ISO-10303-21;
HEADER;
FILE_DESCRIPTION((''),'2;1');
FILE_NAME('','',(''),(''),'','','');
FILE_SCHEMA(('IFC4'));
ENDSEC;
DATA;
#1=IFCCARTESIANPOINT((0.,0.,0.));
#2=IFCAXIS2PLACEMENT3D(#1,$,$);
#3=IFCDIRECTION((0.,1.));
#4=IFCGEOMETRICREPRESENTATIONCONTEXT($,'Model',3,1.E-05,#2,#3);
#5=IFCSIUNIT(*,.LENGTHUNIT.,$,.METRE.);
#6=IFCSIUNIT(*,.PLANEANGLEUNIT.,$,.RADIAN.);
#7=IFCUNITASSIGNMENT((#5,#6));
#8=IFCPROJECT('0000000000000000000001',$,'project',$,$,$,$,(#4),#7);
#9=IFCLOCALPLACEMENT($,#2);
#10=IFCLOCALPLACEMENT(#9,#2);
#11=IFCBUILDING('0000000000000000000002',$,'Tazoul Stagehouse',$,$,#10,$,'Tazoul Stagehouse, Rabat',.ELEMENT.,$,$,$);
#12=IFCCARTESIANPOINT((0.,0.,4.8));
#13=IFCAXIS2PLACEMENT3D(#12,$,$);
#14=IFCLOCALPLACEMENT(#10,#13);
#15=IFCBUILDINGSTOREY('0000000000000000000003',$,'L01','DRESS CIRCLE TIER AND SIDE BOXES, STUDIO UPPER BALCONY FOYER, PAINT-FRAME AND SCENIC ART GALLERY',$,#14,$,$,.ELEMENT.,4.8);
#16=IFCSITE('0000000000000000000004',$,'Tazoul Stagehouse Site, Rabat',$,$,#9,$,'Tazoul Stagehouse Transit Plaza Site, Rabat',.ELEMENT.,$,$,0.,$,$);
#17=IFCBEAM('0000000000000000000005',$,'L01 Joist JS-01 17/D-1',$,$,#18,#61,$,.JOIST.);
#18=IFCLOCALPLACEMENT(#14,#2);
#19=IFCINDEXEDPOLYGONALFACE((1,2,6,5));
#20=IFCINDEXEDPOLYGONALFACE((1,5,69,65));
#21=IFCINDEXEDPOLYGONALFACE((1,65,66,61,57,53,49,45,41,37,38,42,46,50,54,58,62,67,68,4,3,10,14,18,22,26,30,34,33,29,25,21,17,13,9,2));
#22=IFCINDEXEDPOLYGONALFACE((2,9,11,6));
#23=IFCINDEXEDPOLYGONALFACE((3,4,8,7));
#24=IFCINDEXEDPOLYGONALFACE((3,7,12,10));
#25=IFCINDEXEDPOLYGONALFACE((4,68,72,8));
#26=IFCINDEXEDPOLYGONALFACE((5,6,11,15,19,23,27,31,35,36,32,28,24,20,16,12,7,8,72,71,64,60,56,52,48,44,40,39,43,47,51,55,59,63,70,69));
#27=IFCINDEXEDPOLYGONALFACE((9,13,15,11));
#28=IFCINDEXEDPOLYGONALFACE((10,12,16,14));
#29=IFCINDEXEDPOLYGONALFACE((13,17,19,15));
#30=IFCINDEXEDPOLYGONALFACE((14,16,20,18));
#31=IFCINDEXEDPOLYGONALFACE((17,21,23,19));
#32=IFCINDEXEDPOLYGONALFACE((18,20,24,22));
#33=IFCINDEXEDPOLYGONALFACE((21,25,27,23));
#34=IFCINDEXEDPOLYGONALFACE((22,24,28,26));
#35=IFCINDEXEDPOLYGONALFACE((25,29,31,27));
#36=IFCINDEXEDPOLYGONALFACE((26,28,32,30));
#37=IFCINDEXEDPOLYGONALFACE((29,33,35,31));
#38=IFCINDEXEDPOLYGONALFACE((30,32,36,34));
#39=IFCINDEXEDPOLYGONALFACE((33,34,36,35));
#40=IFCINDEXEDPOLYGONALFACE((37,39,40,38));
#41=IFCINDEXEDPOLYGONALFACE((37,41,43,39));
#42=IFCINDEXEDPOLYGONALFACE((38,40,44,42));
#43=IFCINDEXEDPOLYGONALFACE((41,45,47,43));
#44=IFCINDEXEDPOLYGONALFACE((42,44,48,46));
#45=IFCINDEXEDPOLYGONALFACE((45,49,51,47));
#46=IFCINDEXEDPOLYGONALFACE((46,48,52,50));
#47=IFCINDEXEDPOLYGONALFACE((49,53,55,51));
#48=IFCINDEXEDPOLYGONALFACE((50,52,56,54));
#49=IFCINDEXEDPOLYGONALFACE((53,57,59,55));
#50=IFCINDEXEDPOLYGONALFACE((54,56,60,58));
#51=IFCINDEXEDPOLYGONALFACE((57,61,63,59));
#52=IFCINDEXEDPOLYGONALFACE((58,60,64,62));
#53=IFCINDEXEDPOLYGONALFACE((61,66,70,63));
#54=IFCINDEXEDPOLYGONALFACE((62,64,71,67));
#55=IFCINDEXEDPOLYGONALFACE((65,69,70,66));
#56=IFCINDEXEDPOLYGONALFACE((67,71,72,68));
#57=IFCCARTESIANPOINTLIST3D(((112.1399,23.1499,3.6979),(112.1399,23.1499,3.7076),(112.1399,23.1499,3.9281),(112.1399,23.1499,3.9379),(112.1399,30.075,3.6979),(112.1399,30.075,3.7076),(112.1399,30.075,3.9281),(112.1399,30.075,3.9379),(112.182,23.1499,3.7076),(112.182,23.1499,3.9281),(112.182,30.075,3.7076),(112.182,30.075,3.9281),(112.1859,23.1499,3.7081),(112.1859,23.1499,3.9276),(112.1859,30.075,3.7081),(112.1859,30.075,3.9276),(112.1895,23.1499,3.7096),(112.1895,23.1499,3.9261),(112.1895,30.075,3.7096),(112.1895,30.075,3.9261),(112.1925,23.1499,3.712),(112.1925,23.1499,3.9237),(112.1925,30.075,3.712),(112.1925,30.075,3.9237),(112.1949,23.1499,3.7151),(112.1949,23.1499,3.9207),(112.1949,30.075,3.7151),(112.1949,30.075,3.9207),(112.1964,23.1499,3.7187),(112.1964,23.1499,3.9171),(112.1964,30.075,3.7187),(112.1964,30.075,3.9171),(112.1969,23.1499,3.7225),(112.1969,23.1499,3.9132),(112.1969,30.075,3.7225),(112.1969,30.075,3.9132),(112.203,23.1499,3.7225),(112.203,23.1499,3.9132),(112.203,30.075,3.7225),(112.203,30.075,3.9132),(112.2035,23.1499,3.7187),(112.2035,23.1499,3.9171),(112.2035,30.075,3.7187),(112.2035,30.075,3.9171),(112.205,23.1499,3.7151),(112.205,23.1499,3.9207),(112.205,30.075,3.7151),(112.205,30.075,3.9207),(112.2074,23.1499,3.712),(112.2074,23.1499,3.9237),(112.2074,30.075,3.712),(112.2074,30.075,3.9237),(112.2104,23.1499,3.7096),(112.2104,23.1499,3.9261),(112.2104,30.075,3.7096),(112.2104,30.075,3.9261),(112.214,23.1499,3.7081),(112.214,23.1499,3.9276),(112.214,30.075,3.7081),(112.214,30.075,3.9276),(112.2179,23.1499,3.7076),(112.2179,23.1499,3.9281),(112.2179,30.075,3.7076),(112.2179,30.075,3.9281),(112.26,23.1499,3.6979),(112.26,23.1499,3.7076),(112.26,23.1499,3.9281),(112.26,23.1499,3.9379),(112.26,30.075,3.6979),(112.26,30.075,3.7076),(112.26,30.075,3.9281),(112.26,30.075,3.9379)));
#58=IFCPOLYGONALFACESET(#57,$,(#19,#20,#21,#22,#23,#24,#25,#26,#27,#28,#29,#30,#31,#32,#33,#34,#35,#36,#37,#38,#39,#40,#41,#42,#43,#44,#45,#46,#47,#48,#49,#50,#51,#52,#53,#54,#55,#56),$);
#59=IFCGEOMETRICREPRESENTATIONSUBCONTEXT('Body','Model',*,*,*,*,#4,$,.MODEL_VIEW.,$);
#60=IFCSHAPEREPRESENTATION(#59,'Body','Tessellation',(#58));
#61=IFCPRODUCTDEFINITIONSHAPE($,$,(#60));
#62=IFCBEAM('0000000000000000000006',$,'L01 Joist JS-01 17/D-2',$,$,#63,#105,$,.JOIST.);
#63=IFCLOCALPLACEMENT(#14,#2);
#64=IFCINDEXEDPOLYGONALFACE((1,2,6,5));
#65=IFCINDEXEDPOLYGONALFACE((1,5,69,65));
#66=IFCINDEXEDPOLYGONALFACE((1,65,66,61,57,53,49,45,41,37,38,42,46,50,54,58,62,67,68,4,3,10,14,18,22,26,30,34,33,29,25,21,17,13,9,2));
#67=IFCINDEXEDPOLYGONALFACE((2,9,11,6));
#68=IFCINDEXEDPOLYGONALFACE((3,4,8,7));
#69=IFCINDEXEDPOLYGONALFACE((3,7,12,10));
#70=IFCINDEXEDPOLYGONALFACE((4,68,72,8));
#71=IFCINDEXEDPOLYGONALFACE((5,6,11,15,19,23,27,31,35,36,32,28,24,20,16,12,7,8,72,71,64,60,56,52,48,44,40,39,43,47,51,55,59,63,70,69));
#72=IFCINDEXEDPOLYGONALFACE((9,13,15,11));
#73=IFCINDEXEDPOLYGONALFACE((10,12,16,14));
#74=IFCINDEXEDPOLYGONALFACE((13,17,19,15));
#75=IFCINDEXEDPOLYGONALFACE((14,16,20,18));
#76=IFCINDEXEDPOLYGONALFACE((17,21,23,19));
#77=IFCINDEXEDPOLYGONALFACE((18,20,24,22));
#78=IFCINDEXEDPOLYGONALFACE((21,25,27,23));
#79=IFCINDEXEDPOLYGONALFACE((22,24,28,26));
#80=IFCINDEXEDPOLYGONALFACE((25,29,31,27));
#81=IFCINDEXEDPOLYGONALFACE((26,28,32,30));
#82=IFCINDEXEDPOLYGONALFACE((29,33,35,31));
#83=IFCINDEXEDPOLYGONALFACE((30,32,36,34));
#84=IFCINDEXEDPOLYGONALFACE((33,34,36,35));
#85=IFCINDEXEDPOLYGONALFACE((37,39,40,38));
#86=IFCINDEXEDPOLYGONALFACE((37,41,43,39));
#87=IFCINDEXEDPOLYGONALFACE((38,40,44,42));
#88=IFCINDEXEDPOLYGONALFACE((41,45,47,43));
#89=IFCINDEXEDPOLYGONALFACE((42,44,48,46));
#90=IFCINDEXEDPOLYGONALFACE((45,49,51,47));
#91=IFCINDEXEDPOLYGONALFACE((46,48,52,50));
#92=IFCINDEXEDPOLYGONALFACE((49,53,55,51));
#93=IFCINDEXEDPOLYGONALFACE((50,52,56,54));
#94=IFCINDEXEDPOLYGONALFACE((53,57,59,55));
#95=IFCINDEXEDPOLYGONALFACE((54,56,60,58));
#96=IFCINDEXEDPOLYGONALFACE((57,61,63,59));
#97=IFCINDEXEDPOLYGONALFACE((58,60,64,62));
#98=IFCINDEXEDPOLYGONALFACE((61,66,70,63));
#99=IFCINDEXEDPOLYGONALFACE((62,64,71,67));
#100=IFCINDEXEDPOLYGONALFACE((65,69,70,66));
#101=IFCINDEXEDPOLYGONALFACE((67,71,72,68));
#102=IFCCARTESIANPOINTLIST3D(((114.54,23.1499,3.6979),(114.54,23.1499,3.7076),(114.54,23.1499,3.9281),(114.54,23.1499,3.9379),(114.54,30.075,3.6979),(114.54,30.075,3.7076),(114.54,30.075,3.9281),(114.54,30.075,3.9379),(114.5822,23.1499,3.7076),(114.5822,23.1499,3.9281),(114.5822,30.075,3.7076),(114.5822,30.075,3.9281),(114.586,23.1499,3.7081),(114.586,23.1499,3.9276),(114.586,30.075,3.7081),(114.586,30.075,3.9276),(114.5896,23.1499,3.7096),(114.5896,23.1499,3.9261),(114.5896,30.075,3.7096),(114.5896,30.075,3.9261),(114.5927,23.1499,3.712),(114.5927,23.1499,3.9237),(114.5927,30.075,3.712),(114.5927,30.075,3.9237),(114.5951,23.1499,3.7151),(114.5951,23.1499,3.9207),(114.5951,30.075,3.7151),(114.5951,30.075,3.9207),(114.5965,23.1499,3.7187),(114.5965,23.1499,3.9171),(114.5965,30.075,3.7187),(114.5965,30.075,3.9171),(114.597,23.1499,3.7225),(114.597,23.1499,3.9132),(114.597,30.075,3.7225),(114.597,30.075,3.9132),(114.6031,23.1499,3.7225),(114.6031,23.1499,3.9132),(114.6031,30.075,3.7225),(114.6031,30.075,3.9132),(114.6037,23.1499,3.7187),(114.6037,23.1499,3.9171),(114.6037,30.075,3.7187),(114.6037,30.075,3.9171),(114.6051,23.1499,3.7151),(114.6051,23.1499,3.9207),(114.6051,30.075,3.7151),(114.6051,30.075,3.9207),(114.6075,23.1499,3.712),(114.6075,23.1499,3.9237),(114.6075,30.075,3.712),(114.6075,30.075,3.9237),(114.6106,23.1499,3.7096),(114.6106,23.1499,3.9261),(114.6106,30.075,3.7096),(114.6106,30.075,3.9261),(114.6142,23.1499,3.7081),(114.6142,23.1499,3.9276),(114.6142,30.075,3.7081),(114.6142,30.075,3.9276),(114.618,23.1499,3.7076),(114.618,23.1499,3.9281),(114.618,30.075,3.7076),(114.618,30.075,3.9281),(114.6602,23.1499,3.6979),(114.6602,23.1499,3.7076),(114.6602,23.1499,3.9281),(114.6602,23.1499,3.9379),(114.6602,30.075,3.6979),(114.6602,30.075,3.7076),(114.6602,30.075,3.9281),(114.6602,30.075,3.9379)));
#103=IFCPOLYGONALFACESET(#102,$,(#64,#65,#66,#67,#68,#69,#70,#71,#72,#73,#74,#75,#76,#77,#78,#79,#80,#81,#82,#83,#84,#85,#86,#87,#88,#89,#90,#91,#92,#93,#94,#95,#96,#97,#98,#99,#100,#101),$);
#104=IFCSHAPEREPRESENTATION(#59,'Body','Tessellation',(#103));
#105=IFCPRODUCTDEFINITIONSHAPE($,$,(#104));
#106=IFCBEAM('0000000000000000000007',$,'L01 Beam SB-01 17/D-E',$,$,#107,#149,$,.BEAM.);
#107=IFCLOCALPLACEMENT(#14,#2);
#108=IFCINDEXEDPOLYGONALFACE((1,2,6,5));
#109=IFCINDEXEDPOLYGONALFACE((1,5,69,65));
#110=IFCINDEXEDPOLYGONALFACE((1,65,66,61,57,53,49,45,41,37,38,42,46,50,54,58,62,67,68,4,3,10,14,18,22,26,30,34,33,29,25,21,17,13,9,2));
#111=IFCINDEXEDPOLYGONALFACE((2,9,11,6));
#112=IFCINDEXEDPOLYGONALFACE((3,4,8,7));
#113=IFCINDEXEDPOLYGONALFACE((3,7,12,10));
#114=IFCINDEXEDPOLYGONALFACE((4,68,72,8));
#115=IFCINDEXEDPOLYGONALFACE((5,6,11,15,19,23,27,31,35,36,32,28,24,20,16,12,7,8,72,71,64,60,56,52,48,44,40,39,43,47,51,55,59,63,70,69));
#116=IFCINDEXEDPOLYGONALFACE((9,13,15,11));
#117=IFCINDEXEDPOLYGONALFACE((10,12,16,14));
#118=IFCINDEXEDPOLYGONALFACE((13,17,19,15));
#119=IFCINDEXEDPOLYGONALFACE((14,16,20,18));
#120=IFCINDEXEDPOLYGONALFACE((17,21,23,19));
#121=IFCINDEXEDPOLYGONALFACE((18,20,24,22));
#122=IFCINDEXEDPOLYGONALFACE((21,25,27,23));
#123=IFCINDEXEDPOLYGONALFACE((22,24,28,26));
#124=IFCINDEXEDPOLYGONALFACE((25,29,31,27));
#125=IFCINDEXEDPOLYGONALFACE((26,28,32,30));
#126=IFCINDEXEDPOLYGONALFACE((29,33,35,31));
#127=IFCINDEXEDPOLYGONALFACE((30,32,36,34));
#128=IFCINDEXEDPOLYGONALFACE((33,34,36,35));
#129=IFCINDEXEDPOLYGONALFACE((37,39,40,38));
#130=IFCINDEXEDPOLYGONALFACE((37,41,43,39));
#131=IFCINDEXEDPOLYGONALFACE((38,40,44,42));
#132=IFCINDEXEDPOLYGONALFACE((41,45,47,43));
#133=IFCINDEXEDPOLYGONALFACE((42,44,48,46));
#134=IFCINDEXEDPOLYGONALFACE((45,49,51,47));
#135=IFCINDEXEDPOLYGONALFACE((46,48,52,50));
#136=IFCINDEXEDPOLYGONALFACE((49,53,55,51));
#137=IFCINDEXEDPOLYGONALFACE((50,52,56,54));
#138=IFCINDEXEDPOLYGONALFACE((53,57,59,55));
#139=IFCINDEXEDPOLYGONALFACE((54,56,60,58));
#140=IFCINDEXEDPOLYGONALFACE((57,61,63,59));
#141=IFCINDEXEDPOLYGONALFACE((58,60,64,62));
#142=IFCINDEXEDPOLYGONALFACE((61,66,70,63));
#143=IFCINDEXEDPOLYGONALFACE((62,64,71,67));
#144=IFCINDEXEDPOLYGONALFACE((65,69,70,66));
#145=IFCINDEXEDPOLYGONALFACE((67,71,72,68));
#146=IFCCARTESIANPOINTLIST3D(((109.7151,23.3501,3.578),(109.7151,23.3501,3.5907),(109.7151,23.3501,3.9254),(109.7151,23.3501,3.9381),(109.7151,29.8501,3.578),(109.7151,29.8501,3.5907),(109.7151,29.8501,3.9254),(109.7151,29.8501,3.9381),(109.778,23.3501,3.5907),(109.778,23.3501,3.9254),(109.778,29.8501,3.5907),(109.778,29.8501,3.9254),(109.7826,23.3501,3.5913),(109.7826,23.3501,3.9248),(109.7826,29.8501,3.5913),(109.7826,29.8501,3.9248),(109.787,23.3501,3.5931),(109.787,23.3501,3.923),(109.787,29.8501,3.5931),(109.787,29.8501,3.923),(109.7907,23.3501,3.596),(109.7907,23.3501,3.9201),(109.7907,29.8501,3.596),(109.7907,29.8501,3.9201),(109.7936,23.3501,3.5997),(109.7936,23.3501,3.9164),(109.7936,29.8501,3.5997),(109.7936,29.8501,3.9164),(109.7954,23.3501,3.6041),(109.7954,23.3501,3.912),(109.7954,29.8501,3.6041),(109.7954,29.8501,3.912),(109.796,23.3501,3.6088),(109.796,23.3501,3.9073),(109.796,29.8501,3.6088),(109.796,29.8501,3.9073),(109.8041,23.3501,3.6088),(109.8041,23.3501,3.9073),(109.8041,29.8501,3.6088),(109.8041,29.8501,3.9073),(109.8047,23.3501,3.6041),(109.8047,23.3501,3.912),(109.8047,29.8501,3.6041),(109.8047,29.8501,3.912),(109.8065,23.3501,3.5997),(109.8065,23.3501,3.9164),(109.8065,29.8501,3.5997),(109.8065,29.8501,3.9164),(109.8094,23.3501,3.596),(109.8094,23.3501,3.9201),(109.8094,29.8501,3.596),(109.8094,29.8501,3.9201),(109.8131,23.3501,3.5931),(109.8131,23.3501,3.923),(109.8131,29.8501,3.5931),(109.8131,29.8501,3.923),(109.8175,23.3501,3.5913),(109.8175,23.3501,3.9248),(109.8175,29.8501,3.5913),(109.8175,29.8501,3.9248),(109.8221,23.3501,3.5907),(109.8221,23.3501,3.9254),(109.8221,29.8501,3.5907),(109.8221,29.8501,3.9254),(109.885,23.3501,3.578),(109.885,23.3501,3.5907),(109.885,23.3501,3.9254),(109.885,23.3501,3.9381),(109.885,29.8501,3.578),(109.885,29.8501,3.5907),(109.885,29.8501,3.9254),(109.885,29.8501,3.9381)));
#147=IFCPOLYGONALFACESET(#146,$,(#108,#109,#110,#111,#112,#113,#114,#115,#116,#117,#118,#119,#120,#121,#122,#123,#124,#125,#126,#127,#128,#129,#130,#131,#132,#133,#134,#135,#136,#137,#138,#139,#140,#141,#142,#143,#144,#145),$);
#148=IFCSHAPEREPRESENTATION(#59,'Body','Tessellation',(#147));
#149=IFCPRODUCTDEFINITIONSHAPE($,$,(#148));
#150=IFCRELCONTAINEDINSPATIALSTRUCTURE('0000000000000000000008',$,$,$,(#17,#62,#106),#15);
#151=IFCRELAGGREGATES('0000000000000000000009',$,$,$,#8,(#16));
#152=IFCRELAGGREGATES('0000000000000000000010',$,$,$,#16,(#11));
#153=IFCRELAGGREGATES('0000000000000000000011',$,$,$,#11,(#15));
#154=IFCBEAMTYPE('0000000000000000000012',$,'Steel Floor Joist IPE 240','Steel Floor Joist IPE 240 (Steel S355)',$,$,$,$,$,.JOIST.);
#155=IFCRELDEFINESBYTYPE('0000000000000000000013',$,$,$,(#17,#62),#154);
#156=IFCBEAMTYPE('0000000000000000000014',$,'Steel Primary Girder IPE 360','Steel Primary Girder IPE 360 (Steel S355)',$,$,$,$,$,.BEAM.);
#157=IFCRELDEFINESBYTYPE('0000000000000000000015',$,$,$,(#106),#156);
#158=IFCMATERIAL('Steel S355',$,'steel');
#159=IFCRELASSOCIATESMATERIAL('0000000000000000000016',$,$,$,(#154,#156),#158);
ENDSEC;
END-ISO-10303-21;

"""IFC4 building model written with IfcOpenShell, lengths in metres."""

from ifc_helpers import new_model, si_unit, direction, frame, origin, origin_2d, place, context, subcontext, project, spatial, i_section, extrude, material, material_profile, profile_set, type_object, element, save


model = new_model("IFC4")

# Units and contexts
model_context = context("Model", 3, precision=1e-05, world=origin(), true_north=direction((0.0, 1.0)))
body_context = subcontext(model_context, "Body", "Model", "MODEL_VIEW")
ifc_project = project(units=[si_unit("LENGTHUNIT", "METRE"), si_unit("PLANEANGLEUNIT", "RADIAN")], contexts=[model_context])

# Site, building, storey
site_placement = place(None, origin())
building_placement = place(site_placement, origin())
storey_placement = place(building_placement, frame((0.0, 0.0, 4.8)))
site = spatial("IfcSite", under=ifc_project, at=site_placement, Name="Tazoul Stagehouse Site, Rabat", LongName="Tazoul Stagehouse Transit Plaza Site, Rabat", CompositionType="ELEMENT", RefElevation=0.0)
building = spatial("IfcBuilding", under=site, at=building_placement, Name="Tazoul Stagehouse", LongName="Tazoul Stagehouse, Rabat", CompositionType="ELEMENT")
storey = spatial("IfcBuildingStorey", under=building, at=storey_placement, Name="L01", Description="DRESS CIRCLE TIER AND SIDE BOXES, STUDIO UPPER BALCONY FOYER, PAINT-FRAME AND SCENIC ART GALLERY", CompositionType="ELEMENT", Elevation=4.8)

# Beams
ifc_material_1 = material(Name="Steel S355", Category="steel")
ifc_material_profile_1 = material_profile(ifc_material_1, i_section(OverallWidth=0.1201, OverallDepth=0.24, WebThickness=0.0061, FlangeThickness=0.0098, FilletRadius=0.0149, at=origin_2d()), Name="IPE 240")
ifc_profile_set_1 = profile_set([ifc_material_profile_1], Name="Steel S355")
beam_type_1 = type_object("IfcBeamType", Name="Steel Floor Joist IPE 240", Description="Steel Floor Joist IPE 240 (Steel S355)", PredefinedType="JOIST", material=ifc_profile_set_1)
for number, where, z_axis, x_axis, name in (
    (1, (112.2, 23.1499, 3.8179), (0.0, 1.0, 0.0), (-1.0, 0.0, 0.0), "L01 Joist JS-01 17/D-1"),
    (2, (114.6001, 23.1499, 3.8179), (0.0, 1.0, 0.0), (-1.0, 0.0, 0.0), "L01 Joist JS-01 17/D-2"),
):
    element("IfcBeam", number, at=place(storey_placement, frame(where, z_axis=z_axis, x_axis=x_axis)), inside=storey, type_object=beam_type_1, Name=name, PredefinedType="JOIST", context=body_context, shape_type="SweptSolid", body=[
        extrude(i_section(OverallWidth=0.1201, OverallDepth=0.24, WebThickness=0.0061, FlangeThickness=0.0098, FilletRadius=0.0149, at=origin_2d()), origin(), (0.0, 0.0, 1.0), 6.925),
    ])
ifc_material_profile_2 = material_profile(ifc_material_1, i_section(OverallWidth=0.1699, OverallDepth=0.3601, WebThickness=0.0081, FlangeThickness=0.0127, FilletRadius=0.0181, at=origin_2d()), Name="IPE 360")
ifc_profile_set_2 = profile_set([ifc_material_profile_2], Name="Steel S355")
beam_type_2 = type_object("IfcBeamType", Name="Steel Primary Girder IPE 360", Description="Steel Primary Girder IPE 360 (Steel S355)", PredefinedType="BEAM", material=ifc_profile_set_2)
beam_placement = place(storey_placement, frame((109.8, 23.3501, 3.7581), z_axis=(0.0, 1.0, 0.0), x_axis=(-1.0, 0.0, 0.0)))
element("IfcBeam", 3, at=beam_placement, inside=storey, type_object=beam_type_2, Name="L01 Beam SB-01 17/D-E", PredefinedType="BEAM", context=body_context, shape_type="SweptSolid", body=[
    extrude(i_section(OverallWidth=0.1699, OverallDepth=0.3601, WebThickness=0.0081, FlangeThickness=0.0127, FilletRadius=0.0181, at=origin_2d()), origin(), (0.0, 0.0, 1.0), 6.5),
])

save(model, "model.ifc")
